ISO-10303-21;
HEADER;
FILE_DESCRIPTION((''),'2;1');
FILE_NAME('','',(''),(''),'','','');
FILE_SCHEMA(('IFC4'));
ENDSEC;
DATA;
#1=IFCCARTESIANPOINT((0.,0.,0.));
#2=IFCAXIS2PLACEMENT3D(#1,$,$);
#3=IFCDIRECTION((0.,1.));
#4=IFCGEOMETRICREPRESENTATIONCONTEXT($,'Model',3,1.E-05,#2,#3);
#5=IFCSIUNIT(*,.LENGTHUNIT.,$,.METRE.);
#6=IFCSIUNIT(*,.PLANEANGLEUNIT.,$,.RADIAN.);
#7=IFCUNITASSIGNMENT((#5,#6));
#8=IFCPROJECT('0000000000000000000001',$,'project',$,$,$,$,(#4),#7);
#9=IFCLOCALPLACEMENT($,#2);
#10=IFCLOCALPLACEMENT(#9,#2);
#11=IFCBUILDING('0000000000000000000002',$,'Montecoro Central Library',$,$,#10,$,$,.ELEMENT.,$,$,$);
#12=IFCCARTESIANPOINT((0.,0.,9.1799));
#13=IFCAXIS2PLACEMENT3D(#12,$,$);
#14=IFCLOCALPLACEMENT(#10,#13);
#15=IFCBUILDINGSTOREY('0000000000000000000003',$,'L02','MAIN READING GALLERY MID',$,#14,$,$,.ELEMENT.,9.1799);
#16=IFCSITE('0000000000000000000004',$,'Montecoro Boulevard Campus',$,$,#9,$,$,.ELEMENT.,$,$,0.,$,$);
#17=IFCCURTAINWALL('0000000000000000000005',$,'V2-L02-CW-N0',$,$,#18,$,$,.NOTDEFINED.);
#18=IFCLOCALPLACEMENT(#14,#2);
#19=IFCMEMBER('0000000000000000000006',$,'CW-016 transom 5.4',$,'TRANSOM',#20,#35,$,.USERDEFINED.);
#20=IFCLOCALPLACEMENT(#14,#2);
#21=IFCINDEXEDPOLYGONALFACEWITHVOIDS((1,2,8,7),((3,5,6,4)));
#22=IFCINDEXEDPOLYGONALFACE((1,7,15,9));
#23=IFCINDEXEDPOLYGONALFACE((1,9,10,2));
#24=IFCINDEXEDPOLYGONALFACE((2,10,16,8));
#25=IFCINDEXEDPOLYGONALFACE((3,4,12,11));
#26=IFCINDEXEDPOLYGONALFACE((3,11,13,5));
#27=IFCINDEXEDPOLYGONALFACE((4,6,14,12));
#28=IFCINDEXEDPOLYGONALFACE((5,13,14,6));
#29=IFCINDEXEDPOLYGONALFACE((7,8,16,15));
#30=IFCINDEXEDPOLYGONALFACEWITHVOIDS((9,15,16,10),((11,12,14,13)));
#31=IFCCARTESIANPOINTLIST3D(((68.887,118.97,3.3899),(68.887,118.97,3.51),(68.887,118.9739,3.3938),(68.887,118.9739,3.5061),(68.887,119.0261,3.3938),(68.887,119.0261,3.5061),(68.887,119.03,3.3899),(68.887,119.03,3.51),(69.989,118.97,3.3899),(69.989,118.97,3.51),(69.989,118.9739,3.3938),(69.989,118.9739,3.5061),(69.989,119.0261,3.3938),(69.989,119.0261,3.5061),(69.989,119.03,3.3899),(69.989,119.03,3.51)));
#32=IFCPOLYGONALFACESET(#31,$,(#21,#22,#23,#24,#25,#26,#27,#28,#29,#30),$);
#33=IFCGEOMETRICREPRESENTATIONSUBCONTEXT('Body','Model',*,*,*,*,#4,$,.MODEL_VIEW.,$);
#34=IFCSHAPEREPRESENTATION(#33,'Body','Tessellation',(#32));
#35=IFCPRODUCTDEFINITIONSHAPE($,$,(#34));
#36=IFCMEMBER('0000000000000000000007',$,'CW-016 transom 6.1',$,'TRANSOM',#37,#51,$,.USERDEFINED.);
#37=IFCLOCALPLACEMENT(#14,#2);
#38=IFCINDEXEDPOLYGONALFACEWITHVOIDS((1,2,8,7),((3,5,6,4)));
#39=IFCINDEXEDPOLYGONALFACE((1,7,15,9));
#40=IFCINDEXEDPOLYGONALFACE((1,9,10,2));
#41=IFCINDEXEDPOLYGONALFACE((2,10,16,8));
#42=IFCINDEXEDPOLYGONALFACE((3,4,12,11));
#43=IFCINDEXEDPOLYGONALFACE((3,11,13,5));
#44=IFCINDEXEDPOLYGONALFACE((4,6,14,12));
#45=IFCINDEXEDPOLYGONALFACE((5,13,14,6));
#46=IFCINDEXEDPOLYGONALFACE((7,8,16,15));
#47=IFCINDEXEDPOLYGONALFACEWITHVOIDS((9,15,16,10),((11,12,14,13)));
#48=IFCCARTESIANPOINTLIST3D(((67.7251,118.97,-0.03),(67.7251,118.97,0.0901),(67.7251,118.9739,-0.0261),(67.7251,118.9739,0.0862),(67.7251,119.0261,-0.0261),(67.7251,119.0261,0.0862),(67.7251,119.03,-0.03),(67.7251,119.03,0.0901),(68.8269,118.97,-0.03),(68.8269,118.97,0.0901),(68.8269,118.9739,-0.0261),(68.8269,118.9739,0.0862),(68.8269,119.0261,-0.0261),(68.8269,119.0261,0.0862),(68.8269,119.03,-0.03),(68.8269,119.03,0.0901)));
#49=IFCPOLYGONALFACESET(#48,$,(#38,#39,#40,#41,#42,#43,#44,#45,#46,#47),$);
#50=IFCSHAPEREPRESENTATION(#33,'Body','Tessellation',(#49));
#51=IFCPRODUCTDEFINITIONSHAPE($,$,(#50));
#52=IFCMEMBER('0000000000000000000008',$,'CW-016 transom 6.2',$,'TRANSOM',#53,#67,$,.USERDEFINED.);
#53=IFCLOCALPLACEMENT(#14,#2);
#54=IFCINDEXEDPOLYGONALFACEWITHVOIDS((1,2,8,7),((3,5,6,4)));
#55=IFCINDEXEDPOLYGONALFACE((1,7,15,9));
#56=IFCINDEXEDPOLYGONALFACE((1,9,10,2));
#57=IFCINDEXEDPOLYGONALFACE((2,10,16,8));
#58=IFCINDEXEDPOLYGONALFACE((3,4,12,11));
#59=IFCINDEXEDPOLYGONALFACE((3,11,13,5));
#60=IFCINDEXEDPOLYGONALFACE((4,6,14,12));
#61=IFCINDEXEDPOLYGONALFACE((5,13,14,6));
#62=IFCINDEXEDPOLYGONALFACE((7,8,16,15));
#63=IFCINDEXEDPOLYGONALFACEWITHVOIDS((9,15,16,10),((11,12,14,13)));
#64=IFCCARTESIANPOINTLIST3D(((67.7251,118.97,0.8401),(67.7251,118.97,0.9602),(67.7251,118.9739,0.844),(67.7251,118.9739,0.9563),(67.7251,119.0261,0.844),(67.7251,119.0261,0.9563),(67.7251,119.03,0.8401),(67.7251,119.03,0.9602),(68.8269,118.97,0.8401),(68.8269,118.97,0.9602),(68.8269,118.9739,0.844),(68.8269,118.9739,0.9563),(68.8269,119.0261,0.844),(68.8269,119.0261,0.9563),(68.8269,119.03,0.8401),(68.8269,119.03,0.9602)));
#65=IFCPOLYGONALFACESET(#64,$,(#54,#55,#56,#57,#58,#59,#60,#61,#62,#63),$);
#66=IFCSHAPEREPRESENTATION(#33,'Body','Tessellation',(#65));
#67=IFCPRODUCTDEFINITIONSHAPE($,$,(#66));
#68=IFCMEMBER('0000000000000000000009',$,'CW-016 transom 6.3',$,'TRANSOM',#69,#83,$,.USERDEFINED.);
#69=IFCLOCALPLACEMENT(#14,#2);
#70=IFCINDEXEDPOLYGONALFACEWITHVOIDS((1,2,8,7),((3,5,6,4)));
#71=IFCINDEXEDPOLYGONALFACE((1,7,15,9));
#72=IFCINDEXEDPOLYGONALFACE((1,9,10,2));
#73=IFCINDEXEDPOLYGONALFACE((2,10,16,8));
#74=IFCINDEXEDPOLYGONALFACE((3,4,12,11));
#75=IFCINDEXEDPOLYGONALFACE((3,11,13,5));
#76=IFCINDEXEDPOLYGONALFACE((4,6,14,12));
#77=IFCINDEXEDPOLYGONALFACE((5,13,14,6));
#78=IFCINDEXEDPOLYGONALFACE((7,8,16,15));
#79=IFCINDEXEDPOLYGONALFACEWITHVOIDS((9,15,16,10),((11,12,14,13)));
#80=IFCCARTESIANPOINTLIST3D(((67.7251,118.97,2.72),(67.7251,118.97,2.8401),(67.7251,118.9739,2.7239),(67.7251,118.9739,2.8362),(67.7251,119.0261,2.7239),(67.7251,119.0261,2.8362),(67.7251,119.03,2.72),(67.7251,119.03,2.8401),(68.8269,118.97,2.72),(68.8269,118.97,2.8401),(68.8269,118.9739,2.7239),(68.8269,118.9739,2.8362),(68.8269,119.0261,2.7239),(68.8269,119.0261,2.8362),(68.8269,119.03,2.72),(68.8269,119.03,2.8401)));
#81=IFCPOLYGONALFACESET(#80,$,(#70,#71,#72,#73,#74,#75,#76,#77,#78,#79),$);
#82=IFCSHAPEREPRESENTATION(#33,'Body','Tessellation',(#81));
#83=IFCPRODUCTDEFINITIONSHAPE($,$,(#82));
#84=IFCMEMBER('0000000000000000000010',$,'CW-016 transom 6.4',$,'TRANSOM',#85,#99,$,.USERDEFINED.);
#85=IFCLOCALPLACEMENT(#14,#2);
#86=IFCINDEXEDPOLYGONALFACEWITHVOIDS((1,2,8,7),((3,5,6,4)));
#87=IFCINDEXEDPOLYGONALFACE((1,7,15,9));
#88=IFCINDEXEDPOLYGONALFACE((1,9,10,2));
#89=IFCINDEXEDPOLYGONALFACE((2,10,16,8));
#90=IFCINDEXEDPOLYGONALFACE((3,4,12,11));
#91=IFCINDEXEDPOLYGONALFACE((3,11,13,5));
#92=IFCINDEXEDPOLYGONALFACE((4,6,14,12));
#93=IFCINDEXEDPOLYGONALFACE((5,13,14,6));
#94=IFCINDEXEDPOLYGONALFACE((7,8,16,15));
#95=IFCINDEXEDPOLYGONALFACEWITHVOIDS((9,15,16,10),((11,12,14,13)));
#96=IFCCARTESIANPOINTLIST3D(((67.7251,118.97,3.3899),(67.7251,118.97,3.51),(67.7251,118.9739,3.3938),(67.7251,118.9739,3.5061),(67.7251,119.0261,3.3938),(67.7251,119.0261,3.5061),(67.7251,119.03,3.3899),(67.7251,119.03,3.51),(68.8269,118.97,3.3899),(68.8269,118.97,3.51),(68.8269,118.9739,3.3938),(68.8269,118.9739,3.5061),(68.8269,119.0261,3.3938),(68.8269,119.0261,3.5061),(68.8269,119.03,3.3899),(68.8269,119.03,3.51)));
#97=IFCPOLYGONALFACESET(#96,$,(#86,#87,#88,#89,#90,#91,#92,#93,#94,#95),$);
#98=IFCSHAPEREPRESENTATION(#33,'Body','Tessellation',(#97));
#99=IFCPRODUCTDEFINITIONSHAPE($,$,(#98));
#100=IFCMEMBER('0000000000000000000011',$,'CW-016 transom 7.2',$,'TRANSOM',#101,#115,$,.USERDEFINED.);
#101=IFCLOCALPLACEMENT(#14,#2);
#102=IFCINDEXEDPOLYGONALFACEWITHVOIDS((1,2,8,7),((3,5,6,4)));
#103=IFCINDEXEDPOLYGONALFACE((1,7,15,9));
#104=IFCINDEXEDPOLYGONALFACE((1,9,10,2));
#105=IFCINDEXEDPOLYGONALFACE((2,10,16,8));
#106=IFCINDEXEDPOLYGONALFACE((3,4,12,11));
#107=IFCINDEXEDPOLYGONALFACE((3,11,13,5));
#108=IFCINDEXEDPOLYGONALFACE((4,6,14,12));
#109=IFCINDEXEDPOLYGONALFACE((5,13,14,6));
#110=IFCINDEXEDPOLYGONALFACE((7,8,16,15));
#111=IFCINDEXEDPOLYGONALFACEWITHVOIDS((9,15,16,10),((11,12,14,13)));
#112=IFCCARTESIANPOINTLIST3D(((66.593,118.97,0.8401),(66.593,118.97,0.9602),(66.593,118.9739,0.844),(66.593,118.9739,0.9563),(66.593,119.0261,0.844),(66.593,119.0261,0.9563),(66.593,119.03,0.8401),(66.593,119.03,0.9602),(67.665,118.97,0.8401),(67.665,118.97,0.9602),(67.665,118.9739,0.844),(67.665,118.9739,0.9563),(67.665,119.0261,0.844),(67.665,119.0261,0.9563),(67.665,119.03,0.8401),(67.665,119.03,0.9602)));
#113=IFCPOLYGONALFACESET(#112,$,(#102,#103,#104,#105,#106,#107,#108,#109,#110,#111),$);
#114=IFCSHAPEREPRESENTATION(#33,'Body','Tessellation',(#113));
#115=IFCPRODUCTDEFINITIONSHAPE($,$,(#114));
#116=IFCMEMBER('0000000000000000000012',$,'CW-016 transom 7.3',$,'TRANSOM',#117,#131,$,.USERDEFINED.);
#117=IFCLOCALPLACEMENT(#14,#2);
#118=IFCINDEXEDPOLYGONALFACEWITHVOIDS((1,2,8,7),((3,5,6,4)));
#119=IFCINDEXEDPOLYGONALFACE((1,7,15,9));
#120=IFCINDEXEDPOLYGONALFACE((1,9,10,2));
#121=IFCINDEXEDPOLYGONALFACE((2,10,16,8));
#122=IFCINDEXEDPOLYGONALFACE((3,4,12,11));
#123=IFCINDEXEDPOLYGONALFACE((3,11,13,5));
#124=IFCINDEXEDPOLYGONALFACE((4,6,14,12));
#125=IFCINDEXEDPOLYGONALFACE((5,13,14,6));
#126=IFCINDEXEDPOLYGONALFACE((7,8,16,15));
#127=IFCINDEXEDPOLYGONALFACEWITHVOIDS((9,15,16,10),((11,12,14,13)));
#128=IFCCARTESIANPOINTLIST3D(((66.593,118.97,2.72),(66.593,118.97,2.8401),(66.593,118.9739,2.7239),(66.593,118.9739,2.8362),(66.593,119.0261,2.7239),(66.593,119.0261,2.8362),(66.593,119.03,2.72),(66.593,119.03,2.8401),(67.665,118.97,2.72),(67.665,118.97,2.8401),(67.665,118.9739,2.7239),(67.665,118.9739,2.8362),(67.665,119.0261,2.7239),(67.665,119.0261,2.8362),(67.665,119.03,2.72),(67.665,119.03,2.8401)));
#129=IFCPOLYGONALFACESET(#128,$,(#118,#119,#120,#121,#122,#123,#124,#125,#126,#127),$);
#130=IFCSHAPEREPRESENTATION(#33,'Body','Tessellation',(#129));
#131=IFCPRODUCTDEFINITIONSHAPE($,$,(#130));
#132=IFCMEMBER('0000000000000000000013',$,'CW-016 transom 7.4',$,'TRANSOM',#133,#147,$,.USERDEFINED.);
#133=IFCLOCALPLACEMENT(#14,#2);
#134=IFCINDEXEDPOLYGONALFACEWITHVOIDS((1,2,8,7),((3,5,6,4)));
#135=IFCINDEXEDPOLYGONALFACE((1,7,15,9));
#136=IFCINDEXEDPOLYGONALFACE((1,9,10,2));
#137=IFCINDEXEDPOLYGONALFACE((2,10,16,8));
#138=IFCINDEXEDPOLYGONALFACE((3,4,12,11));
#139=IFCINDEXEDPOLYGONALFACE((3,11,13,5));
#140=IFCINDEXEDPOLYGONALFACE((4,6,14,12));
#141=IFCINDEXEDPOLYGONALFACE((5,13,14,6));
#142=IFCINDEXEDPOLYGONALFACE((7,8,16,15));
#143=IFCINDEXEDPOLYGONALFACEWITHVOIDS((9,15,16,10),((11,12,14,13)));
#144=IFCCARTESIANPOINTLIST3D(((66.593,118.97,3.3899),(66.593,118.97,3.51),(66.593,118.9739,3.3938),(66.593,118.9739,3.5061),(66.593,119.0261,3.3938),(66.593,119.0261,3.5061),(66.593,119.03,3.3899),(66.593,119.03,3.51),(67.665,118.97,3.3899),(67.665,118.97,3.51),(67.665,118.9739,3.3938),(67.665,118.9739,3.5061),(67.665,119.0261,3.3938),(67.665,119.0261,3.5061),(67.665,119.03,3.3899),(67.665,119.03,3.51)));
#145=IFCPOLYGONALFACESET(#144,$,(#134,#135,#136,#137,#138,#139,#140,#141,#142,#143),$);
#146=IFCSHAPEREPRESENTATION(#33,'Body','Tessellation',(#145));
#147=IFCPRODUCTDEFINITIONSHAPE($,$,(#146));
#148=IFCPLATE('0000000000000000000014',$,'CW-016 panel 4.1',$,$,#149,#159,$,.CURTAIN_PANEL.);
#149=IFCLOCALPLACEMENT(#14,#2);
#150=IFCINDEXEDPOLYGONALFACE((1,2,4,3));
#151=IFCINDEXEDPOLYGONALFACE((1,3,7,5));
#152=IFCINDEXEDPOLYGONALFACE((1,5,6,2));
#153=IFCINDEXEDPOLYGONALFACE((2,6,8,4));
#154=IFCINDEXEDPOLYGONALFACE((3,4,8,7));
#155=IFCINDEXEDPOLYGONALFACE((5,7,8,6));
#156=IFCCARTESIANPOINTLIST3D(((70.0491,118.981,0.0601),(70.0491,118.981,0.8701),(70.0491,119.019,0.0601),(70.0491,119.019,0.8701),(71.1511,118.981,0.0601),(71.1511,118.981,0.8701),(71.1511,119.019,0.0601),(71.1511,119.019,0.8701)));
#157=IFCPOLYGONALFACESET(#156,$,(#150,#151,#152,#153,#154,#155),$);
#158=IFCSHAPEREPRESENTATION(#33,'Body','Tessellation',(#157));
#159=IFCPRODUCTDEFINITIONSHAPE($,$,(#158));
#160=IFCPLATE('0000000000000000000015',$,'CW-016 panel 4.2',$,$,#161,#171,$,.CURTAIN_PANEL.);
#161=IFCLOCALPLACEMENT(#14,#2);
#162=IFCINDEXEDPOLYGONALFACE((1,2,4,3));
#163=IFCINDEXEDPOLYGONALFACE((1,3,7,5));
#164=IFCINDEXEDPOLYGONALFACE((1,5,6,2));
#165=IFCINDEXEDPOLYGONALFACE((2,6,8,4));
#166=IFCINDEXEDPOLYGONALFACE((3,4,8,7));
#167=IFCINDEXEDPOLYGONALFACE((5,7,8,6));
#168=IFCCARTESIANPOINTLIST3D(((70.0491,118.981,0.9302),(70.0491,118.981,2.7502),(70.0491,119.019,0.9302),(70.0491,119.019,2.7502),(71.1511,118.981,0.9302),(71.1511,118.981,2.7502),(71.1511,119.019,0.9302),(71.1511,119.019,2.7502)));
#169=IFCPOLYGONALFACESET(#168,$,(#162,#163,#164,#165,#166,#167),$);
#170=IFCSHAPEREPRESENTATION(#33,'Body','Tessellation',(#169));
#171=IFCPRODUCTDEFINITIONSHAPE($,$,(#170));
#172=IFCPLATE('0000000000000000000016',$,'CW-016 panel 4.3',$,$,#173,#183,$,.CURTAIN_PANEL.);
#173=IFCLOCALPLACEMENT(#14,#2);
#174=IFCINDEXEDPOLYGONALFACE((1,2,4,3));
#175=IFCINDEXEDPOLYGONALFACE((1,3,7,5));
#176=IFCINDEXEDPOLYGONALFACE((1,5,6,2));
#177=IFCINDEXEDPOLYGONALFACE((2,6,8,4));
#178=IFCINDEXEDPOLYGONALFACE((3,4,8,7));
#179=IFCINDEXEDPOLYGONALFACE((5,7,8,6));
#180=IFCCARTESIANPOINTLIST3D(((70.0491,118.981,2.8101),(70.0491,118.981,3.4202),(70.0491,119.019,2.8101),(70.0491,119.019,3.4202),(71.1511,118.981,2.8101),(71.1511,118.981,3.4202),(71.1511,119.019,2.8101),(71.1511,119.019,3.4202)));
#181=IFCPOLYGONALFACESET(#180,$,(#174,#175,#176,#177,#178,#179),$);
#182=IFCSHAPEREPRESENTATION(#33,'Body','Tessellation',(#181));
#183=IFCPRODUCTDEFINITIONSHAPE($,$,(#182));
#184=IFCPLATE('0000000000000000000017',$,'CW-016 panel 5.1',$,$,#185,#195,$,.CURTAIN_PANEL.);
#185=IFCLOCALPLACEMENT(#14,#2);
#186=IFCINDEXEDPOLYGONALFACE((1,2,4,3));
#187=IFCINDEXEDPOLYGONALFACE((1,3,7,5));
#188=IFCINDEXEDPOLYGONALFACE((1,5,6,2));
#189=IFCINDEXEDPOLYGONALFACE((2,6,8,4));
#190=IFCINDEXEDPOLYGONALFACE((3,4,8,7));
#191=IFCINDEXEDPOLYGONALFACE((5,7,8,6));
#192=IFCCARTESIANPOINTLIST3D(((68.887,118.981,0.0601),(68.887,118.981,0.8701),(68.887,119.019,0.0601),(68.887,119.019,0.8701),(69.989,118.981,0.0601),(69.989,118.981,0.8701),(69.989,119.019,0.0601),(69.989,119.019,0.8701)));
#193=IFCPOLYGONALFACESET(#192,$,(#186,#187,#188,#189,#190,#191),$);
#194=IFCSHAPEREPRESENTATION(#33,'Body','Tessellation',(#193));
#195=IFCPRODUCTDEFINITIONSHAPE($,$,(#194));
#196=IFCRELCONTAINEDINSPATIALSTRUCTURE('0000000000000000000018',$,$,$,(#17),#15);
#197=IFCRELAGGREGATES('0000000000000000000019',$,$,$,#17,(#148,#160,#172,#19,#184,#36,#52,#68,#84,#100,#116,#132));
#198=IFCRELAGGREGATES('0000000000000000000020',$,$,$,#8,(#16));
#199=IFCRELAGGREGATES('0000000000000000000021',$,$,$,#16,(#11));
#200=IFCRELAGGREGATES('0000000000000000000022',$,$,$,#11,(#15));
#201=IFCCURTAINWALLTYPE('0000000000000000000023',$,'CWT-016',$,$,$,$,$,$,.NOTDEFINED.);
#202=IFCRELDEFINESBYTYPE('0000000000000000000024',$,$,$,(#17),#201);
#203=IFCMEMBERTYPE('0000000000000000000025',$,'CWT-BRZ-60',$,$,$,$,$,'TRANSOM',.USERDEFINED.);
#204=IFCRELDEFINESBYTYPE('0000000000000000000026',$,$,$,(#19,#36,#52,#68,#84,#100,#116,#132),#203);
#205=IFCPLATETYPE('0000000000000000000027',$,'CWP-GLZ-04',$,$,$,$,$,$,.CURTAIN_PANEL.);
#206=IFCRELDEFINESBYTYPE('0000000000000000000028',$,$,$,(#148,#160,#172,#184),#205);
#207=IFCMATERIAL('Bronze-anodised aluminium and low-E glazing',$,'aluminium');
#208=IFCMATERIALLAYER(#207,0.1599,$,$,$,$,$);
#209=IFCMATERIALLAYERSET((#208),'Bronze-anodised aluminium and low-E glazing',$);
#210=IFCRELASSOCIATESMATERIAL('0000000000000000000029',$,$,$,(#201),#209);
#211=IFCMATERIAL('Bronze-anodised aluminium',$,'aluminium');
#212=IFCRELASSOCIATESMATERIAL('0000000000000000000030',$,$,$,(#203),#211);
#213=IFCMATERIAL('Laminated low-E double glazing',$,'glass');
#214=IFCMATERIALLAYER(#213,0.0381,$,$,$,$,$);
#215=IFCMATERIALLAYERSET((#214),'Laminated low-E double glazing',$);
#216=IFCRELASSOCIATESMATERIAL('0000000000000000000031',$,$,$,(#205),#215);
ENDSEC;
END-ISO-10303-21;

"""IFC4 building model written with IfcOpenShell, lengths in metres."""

from ifc_helpers import new_model, si_unit, direction, frame, origin, origin_2d, place, context, subcontext, project, spatial, rectangle, hollow_rectangle, extrude, material, layer, layer_set, material_profile, profile_set, type_object, element, aggregate, save


model = new_model("IFC4")

# Units and contexts
model_context = context("Model", 3, precision=1e-05, world=origin(), true_north=direction((0.0, 1.0)))
body_context = subcontext(model_context, "Body", "Model", "MODEL_VIEW")
ifc_project = project(units=[si_unit("LENGTHUNIT", "METRE"), si_unit("PLANEANGLEUNIT", "RADIAN")], contexts=[model_context])

# Site, building, storey
site_placement = place(None, origin())
site = spatial("IfcSite", under=ifc_project, at=site_placement, Name="Montecoro Boulevard Campus", CompositionType="ELEMENT", RefElevation=0.0)
building_placement = place(site_placement, origin())
building = spatial("IfcBuilding", under=site, at=building_placement, Name="Montecoro Central Library", CompositionType="ELEMENT")
storey_placement = place(building_placement, frame((0.0, 0.0, 9.1799)))
storey = spatial("IfcBuildingStorey", under=building, at=storey_placement, Name="L02", Description="MAIN READING GALLERY MID", CompositionType="ELEMENT", Elevation=9.1799)

# Curtain wall, members, plates
ifc_material_1 = material(Name="Bronze-anodised aluminium and low-E glazing", Category="aluminium")
ifc_layer_1 = layer(ifc_material_1, 0.1599)
ifc_layer_set_1 = layer_set([ifc_layer_1], Name="Bronze-anodised aluminium and low-E glazing")
curtain_wall_type = type_object("IfcCurtainWallType", Name="CWT-016", PredefinedType="NOTDEFINED", material=ifc_layer_set_1)
curtain_wall_placement = place(storey_placement, origin())
curtain_wall = element("IfcCurtainWall", 1, at=curtain_wall_placement, inside=storey, type_object=curtain_wall_type, Name="V2-L02-CW-N0", PredefinedType="NOTDEFINED")
ifc_material_2 = material(Name="Bronze-anodised aluminium", Category="aluminium")
ifc_material_profile_1 = material_profile(ifc_material_2, hollow_rectangle(XDim=0.0601, YDim=0.1201, WallThickness=0.0039, at=origin_2d()), Name="CWT 120x60x4.0")
ifc_profile_set_1 = profile_set([ifc_material_profile_1], Name="Bronze-anodised aluminium")
member_type_1 = type_object("IfcMemberType", Name="CWT-BRZ-60", ElementType="TRANSOM", PredefinedType="USERDEFINED", material=ifc_profile_set_1)
member_1_placement = place(storey_placement, frame((69.989, 119.0, 3.45), z_axis=(-1.0, 0.0, 0.0), x_axis=(0.0, -1.0, 0.0)))
member_1 = element("IfcMember", 2, at=member_1_placement, type_object=member_type_1, Name="CW-016 transom 5.4", ObjectType="TRANSOM", PredefinedType="USERDEFINED", context=body_context, shape_type="SweptSolid", body=[
    extrude(hollow_rectangle(XDim=0.0601, YDim=0.1201, WallThickness=0.0039, at=origin_2d()), origin(), (0.0, 0.0, 1.0), 1.1021),
])
member_2_placement = place(storey_placement, frame((68.8269, 119.0, 0.03), z_axis=(-1.0, 0.0, 0.0), x_axis=(0.0, -1.0, 0.0)))
member_2 = element("IfcMember", 3, at=member_2_placement, type_object=member_type_1, Name="CW-016 transom 6.1", ObjectType="TRANSOM", PredefinedType="USERDEFINED", context=body_context, shape_type="SweptSolid", body=[
    extrude(hollow_rectangle(XDim=0.0601, YDim=0.1201, WallThickness=0.0039, at=origin_2d()), origin(), (0.0, 0.0, 1.0), 1.1018),
])
member_3_placement = place(storey_placement, frame((68.8269, 119.0, 0.9001), z_axis=(-1.0, 0.0, 0.0), x_axis=(0.0, -1.0, 0.0)))
member_3 = element("IfcMember", 4, at=member_3_placement, type_object=member_type_1, Name="CW-016 transom 6.2", ObjectType="TRANSOM", PredefinedType="USERDEFINED", context=body_context, shape_type="SweptSolid", body=[
    extrude(hollow_rectangle(XDim=0.0601, YDim=0.1201, WallThickness=0.0039, at=origin_2d()), origin(), (0.0, 0.0, 1.0), 1.1018),
])
member_4_placement = place(storey_placement, frame((68.8269, 119.0, 2.78), z_axis=(-1.0, 0.0, 0.0), x_axis=(0.0, -1.0, 0.0)))
member_4 = element("IfcMember", 5, at=member_4_placement, type_object=member_type_1, Name="CW-016 transom 6.3", ObjectType="TRANSOM", PredefinedType="USERDEFINED", context=body_context, shape_type="SweptSolid", body=[
    extrude(hollow_rectangle(XDim=0.0601, YDim=0.1201, WallThickness=0.0039, at=origin_2d()), origin(), (0.0, 0.0, 1.0), 1.1018),
])
member_5_placement = place(storey_placement, frame((68.8269, 119.0, 3.45), z_axis=(-1.0, 0.0, 0.0), x_axis=(0.0, -1.0, 0.0)))
member_5 = element("IfcMember", 6, at=member_5_placement, type_object=member_type_1, Name="CW-016 transom 6.4", ObjectType="TRANSOM", PredefinedType="USERDEFINED", context=body_context, shape_type="SweptSolid", body=[
    extrude(hollow_rectangle(XDim=0.0601, YDim=0.1201, WallThickness=0.0039, at=origin_2d()), origin(), (0.0, 0.0, 1.0), 1.1018),
])
member_6_placement = place(storey_placement, frame((67.665, 119.0, 0.9001), z_axis=(-1.0, 0.0, 0.0), x_axis=(0.0, -1.0, 0.0)))
member_6 = element("IfcMember", 7, at=member_6_placement, type_object=member_type_1, Name="CW-016 transom 7.2", ObjectType="TRANSOM", PredefinedType="USERDEFINED", context=body_context, shape_type="SweptSolid", body=[
    extrude(hollow_rectangle(XDim=0.0601, YDim=0.1201, WallThickness=0.0039, at=origin_2d()), origin(), (0.0, 0.0, 1.0), 1.072),
])
member_7_placement = place(storey_placement, frame((67.665, 119.0, 2.78), z_axis=(-1.0, 0.0, 0.0), x_axis=(0.0, -1.0, 0.0)))
member_7 = element("IfcMember", 8, at=member_7_placement, type_object=member_type_1, Name="CW-016 transom 7.3", ObjectType="TRANSOM", PredefinedType="USERDEFINED", context=body_context, shape_type="SweptSolid", body=[
    extrude(hollow_rectangle(XDim=0.0601, YDim=0.1201, WallThickness=0.0039, at=origin_2d()), origin(), (0.0, 0.0, 1.0), 1.072),
])
member_8_placement = place(storey_placement, frame((67.665, 119.0, 3.45), z_axis=(-1.0, 0.0, 0.0), x_axis=(0.0, -1.0, 0.0)))
member_8 = element("IfcMember", 9, at=member_8_placement, type_object=member_type_1, Name="CW-016 transom 7.4", ObjectType="TRANSOM", PredefinedType="USERDEFINED", context=body_context, shape_type="SweptSolid", body=[
    extrude(hollow_rectangle(XDim=0.0601, YDim=0.1201, WallThickness=0.0039, at=origin_2d()), origin(), (0.0, 0.0, 1.0), 1.072),
])
ifc_material_3 = material(Name="Laminated low-E double glazing", Category="glass")
ifc_layer_2 = layer(ifc_material_3, 0.0381)
ifc_layer_set_2 = layer_set([ifc_layer_2], Name="Laminated low-E double glazing")
plate_type = type_object("IfcPlateType", Name="CWP-GLZ-04", PredefinedType="CURTAIN_PANEL", material=ifc_layer_set_2)
plate_1_placement = place(storey_placement, frame((70.6001, 119.0, 0.0601), z_axis=(0.0, 0.0, 1.0), x_axis=(-1.0, 0.0, 0.0)))
plate_1 = element("IfcPlate", 10, at=plate_1_placement, type_object=plate_type, Name="CW-016 panel 4.1", PredefinedType="CURTAIN_PANEL", context=body_context, shape_type="SweptSolid", body=[
    extrude(rectangle(XDim=1.1021, YDim=0.0381, at=origin_2d()), origin(), (0.0, 0.0, 1.0), 0.8101),
])
plate_2_placement = place(storey_placement, frame((70.6001, 119.0, 0.9302), z_axis=(0.0, 0.0, 1.0), x_axis=(-1.0, 0.0, 0.0)))
plate_2 = element("IfcPlate", 11, at=plate_2_placement, type_object=plate_type, Name="CW-016 panel 4.2", PredefinedType="CURTAIN_PANEL", context=body_context, shape_type="SweptSolid", body=[
    extrude(rectangle(XDim=1.1021, YDim=0.0381, at=origin_2d()), origin(), (0.0, 0.0, 1.0), 1.8201),
])
plate_3_placement = place(storey_placement, frame((70.6001, 119.0, 2.8101), z_axis=(0.0, 0.0, 1.0), x_axis=(-1.0, 0.0, 0.0)))
plate_3 = element("IfcPlate", 12, at=plate_3_placement, type_object=plate_type, Name="CW-016 panel 4.3", PredefinedType="CURTAIN_PANEL", context=body_context, shape_type="SweptSolid", body=[
    extrude(rectangle(XDim=1.1021, YDim=0.0381, at=origin_2d()), origin(), (0.0, 0.0, 1.0), 0.6101),
])
plate_4_placement = place(storey_placement, frame((69.438, 119.0, 0.0601), z_axis=(0.0, 0.0, 1.0), x_axis=(-1.0, 0.0, 0.0)))
plate_4 = element("IfcPlate", 13, at=plate_4_placement, type_object=plate_type, Name="CW-016 panel 5.1", PredefinedType="CURTAIN_PANEL", context=body_context, shape_type="SweptSolid", body=[
    extrude(rectangle(XDim=1.1021, YDim=0.0381, at=origin_2d()), origin(), (0.0, 0.0, 1.0), 0.8101),
])
aggregate(curtain_wall, [plate_1, plate_2, plate_3, member_1, plate_4, member_2, member_3, member_4, member_5, member_6, member_7, member_8])

save(model, "model.ifc")
